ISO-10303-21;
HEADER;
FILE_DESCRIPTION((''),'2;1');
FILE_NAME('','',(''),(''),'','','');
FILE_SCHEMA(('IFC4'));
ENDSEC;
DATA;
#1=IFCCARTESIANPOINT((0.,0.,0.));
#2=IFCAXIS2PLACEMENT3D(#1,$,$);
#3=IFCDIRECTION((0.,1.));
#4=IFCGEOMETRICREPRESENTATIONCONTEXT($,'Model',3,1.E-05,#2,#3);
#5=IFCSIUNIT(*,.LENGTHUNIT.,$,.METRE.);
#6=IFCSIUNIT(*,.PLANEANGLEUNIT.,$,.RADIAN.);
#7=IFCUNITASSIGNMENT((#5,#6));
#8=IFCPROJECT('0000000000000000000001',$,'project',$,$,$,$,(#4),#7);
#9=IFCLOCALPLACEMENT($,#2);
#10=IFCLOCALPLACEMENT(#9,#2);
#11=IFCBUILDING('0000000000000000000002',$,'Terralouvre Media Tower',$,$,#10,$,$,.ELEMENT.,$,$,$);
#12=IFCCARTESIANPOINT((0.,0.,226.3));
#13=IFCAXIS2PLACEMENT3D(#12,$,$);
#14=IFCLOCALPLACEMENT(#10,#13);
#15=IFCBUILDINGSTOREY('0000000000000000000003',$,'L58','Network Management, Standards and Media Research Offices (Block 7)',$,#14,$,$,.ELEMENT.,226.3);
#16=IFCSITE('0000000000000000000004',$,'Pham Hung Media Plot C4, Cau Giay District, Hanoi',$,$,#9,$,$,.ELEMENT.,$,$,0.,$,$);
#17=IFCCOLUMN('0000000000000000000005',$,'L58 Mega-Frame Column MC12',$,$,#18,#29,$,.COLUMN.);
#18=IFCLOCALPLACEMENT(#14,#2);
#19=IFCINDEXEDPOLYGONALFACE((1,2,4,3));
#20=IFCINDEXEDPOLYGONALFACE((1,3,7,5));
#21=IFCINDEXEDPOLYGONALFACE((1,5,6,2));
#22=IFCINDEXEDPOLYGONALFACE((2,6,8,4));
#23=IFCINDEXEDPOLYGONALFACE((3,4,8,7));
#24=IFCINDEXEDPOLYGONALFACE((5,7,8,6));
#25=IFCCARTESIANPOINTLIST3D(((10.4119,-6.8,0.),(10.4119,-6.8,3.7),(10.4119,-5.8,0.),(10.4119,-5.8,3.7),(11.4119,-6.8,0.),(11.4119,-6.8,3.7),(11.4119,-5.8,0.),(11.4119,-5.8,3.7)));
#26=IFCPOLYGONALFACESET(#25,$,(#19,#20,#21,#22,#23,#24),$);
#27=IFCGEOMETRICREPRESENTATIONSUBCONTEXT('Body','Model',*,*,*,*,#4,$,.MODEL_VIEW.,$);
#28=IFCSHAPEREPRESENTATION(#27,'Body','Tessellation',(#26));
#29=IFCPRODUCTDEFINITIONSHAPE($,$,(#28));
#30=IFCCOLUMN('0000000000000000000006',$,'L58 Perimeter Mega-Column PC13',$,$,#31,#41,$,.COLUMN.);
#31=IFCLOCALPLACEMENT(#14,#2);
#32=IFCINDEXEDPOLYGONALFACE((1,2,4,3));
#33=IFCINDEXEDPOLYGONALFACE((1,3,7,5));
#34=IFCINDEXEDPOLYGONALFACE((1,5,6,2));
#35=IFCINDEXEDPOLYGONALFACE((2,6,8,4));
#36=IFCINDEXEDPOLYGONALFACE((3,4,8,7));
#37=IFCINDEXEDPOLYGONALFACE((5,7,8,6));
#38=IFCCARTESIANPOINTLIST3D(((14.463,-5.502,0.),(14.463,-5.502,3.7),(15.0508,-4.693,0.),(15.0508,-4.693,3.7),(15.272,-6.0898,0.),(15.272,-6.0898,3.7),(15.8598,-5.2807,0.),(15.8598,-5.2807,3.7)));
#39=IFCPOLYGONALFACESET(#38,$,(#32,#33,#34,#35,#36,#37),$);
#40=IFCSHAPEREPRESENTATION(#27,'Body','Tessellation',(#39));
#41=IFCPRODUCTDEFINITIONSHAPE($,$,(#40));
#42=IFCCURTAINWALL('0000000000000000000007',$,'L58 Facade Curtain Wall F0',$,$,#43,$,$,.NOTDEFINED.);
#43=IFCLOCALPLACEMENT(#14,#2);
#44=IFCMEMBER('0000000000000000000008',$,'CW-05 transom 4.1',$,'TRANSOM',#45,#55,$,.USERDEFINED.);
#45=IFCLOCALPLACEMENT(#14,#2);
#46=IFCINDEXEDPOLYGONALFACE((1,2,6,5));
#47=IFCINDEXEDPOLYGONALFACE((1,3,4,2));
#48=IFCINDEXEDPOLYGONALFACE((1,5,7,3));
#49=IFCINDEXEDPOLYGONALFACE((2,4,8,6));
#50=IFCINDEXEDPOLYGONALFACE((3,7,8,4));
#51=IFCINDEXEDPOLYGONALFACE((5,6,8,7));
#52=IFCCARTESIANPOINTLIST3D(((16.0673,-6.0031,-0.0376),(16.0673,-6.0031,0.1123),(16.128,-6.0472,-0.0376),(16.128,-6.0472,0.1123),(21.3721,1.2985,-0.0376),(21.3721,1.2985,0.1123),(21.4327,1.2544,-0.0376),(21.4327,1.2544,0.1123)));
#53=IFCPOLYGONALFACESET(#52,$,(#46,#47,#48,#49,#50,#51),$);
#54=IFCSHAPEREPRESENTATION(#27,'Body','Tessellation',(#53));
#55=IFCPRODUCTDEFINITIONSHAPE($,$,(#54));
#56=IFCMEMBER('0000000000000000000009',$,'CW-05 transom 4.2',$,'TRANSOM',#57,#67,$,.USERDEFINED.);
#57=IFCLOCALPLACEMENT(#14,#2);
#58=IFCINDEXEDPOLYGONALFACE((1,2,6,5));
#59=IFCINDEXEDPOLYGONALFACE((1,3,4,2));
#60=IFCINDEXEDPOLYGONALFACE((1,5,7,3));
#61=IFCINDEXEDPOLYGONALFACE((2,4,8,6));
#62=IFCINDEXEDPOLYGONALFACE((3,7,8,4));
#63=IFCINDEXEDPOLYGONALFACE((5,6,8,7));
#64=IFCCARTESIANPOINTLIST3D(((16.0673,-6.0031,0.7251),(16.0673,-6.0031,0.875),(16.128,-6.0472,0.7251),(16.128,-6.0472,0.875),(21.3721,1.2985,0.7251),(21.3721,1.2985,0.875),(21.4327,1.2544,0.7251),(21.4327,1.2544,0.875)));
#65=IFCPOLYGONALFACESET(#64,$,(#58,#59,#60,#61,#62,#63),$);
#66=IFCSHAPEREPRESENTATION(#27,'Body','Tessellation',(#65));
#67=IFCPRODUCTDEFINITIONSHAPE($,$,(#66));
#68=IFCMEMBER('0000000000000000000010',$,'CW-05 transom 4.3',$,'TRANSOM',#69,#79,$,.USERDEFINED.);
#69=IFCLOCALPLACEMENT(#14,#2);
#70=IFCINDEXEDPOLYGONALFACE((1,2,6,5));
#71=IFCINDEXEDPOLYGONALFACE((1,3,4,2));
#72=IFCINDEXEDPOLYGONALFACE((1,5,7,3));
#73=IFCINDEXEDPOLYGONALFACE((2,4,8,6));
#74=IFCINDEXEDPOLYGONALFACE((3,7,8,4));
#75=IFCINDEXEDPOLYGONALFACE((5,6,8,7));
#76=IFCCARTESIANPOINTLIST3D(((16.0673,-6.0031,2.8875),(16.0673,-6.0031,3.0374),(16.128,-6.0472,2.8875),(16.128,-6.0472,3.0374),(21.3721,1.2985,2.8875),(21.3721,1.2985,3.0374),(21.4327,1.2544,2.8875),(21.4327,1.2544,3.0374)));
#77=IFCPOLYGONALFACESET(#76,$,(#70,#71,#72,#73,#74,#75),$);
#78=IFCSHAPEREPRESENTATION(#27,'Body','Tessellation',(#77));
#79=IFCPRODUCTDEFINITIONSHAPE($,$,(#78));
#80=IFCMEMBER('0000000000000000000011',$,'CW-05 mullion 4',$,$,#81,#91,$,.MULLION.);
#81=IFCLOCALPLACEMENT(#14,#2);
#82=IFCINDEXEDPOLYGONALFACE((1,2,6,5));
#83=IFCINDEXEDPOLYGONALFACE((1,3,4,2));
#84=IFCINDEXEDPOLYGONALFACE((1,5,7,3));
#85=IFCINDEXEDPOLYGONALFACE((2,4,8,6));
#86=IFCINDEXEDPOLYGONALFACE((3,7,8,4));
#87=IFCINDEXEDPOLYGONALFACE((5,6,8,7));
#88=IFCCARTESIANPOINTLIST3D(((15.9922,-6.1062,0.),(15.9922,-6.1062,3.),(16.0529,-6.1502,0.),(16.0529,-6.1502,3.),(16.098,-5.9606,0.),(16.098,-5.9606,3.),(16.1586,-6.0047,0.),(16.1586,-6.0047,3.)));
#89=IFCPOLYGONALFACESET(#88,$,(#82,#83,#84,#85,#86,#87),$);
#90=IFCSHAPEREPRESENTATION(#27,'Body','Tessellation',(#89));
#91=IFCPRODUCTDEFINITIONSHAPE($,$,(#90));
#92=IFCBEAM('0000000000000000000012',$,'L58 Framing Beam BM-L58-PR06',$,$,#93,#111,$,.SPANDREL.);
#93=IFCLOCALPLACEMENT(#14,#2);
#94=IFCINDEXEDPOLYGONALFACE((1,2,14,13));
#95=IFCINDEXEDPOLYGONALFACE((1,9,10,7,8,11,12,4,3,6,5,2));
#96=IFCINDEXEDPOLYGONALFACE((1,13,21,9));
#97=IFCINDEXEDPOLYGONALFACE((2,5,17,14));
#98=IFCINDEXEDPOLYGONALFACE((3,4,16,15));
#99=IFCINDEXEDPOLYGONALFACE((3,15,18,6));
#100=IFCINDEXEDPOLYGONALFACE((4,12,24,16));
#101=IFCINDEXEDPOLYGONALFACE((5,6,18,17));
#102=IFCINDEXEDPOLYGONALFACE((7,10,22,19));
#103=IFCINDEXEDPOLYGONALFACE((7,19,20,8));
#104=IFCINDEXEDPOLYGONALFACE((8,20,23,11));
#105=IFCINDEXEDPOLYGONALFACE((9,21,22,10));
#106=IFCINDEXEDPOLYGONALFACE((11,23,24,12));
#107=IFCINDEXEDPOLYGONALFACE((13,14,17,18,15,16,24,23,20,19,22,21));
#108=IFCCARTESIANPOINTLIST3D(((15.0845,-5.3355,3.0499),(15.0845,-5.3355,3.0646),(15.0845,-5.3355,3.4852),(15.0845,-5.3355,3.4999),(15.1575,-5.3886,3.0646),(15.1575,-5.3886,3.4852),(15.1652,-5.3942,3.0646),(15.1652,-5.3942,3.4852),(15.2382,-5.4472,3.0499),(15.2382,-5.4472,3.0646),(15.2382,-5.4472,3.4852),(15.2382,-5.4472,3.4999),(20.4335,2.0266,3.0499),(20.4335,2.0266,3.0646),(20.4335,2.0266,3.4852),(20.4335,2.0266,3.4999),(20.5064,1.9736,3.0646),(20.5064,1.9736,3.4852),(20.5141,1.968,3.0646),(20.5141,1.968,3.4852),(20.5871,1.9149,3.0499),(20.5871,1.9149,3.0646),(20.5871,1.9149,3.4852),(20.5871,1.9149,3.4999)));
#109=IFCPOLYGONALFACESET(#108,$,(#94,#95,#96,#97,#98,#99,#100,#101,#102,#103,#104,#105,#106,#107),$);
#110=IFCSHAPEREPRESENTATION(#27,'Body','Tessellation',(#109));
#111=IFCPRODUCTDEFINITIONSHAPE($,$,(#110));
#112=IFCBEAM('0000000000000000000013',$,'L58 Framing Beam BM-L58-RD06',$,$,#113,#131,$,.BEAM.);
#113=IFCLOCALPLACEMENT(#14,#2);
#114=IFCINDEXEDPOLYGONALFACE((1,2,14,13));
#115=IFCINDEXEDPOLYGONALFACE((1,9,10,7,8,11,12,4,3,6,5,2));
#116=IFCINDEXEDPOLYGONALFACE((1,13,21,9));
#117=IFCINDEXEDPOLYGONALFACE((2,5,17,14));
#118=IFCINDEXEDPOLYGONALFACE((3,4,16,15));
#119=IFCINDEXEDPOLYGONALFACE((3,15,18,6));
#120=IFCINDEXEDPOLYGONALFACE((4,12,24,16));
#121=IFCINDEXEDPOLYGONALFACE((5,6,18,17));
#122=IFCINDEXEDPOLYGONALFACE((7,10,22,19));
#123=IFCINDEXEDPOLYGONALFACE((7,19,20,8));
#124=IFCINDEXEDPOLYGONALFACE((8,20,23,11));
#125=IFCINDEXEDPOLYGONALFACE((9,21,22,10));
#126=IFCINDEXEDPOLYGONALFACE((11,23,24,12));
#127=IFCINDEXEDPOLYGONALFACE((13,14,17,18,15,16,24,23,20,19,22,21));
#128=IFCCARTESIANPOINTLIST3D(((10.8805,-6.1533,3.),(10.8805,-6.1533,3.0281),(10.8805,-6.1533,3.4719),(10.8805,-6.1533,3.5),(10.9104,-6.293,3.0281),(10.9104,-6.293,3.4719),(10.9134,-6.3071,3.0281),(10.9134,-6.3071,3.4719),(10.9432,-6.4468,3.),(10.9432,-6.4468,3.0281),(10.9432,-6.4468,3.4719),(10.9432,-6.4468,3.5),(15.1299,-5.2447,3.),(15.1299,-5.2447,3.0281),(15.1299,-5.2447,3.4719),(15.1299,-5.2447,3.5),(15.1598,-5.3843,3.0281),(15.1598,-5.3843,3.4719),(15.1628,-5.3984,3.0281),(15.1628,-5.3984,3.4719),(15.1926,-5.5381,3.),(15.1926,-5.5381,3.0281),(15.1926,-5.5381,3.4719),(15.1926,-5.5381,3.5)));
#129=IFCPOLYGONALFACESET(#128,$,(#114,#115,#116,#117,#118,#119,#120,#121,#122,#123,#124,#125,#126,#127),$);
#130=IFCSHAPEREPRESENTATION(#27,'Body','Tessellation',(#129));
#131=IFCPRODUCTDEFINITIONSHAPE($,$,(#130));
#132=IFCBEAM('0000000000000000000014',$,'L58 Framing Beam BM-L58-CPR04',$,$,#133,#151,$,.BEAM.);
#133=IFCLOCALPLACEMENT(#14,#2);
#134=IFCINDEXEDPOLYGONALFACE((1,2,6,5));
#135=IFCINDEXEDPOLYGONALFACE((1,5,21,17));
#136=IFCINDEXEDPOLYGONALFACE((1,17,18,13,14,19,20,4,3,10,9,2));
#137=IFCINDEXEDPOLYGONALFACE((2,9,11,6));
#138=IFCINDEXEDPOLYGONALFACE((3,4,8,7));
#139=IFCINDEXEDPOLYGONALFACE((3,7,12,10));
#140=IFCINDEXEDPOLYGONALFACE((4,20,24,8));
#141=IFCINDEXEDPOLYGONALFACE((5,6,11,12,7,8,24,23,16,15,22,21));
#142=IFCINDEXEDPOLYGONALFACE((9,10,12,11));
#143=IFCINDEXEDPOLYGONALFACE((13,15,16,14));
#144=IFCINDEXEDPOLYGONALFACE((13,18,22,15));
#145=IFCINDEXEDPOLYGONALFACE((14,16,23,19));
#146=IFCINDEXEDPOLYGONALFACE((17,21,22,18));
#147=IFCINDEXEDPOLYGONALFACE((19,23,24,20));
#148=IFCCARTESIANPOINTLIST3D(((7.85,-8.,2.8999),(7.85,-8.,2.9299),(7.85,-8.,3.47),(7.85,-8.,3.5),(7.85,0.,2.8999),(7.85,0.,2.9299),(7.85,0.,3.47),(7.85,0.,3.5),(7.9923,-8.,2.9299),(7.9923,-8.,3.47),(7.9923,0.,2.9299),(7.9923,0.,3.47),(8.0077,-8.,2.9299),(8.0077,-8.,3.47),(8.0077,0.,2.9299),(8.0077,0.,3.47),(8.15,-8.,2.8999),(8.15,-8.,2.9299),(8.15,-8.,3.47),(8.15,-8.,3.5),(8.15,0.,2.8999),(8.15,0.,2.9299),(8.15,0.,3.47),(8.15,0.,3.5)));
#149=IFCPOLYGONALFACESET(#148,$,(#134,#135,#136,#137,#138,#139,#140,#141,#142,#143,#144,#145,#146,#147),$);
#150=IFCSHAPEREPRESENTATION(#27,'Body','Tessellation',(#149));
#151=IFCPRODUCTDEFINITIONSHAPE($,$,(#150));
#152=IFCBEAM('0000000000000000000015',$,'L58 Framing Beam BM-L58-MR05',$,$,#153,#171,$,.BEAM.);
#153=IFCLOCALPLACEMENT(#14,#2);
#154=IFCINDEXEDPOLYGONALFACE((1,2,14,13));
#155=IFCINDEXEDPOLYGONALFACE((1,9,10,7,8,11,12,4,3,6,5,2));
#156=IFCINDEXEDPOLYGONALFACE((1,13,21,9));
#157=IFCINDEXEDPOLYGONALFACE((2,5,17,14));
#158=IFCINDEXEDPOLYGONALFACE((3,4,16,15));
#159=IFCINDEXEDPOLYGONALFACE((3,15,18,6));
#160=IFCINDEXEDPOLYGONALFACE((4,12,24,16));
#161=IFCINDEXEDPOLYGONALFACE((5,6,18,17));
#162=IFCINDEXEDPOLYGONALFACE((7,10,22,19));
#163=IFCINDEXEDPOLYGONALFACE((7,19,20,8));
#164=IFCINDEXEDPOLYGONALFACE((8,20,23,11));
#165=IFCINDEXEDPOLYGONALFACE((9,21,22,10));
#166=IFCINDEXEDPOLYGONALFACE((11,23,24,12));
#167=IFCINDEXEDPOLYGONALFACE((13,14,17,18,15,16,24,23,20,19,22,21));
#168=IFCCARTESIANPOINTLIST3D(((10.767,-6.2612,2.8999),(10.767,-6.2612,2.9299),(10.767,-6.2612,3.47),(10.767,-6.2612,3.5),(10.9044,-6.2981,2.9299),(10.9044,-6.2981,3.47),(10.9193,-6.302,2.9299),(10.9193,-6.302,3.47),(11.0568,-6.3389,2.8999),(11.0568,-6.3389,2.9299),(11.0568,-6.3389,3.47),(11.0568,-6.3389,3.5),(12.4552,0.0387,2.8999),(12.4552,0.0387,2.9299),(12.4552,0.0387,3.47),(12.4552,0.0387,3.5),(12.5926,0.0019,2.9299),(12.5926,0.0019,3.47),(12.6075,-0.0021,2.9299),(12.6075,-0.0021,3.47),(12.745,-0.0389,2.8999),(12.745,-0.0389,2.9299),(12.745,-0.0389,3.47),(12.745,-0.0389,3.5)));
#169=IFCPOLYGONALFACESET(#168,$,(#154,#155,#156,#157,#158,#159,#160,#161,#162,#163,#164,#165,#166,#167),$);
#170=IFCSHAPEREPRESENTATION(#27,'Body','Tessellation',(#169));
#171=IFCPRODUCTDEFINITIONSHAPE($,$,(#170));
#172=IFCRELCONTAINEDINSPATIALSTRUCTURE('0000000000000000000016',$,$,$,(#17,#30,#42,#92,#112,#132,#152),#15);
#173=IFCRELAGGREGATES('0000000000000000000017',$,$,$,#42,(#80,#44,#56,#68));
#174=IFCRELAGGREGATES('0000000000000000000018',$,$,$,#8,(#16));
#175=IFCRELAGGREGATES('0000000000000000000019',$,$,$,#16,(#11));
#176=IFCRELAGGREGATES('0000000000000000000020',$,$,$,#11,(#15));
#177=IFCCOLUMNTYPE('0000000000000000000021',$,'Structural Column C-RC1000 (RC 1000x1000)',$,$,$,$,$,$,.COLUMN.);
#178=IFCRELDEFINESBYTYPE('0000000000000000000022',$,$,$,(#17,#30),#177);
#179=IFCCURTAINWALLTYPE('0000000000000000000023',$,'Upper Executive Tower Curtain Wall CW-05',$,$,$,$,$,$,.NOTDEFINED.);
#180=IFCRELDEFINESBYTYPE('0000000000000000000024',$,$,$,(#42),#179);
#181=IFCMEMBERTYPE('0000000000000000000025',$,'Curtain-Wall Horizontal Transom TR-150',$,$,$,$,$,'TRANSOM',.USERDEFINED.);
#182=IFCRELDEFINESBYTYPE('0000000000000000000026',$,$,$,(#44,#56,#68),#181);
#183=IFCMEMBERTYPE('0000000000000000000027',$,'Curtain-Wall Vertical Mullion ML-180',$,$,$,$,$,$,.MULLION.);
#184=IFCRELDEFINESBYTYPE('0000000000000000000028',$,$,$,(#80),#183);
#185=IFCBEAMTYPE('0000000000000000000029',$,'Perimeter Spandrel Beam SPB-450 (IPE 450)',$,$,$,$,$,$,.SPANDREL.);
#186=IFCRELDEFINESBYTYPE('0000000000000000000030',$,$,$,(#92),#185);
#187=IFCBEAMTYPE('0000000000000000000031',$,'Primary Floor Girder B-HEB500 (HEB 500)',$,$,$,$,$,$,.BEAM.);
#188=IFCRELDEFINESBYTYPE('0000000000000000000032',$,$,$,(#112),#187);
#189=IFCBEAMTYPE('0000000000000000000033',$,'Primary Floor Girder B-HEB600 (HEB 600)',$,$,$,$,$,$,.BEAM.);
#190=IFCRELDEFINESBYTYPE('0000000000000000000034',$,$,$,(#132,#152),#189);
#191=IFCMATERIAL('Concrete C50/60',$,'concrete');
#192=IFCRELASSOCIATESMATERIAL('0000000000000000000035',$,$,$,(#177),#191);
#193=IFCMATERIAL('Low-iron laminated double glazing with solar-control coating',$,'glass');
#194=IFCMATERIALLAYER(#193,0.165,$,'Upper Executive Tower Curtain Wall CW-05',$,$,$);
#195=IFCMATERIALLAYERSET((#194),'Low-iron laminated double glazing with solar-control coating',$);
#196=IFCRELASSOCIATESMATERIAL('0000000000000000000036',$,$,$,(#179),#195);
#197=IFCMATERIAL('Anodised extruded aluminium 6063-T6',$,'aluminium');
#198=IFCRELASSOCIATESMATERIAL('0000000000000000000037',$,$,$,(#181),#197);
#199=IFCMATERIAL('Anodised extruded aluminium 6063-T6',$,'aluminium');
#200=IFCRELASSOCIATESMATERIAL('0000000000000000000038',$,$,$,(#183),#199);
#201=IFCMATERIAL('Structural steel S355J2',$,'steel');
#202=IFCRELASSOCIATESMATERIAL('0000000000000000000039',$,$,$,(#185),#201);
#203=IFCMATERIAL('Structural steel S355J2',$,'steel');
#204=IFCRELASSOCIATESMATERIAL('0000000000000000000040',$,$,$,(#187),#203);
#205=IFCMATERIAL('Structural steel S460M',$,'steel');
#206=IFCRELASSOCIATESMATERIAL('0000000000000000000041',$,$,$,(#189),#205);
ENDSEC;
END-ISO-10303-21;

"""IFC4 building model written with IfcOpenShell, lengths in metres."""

from ifc_helpers import new_model, si_unit, direction, frame, origin, origin_2d, place, context, subcontext, project, spatial, rectangle, i_section, extrude, material, layer, layer_set, material_profile, profile_set, type_object, element, aggregate, save


model = new_model("IFC4")

# Units and contexts
model_context = context("Model", 3, precision=1e-05, world=origin(), true_north=direction((0.0, 1.0)))
body_context = subcontext(model_context, "Body", "Model", "MODEL_VIEW")
ifc_project = project(units=[si_unit("LENGTHUNIT", "METRE"), si_unit("PLANEANGLEUNIT", "RADIAN")], contexts=[model_context])

# Site, building, storey
site_placement = place(None, origin())
site = spatial("IfcSite", under=ifc_project, at=site_placement, Name="Pham Hung Media Plot C4, Cau Giay District, Hanoi", CompositionType="ELEMENT", RefElevation=0.0)
building_placement = place(site_placement, origin())
building = spatial("IfcBuilding", under=site, at=building_placement, Name="Terralouvre Media Tower", CompositionType="ELEMENT")
storey_placement = place(building_placement, frame((0.0, 0.0, 226.3)))
storey = spatial("IfcBuildingStorey", under=building, at=storey_placement, Name="L58", Description="Network Management, Standards and Media Research Offices (Block 7)", CompositionType="ELEMENT", Elevation=226.3)

# Columns
ifc_material_1 = material(Name="Concrete C50/60", Category="concrete")
ifc_material_profile_1 = material_profile(ifc_material_1, rectangle(XDim=1.0, YDim=1.0, at=origin_2d()), Name="RC 1000x1000")
ifc_profile_set_1 = profile_set([ifc_material_profile_1], Name="Concrete C50/60")
column_type = type_object("IfcColumnType", Name="Structural Column C-RC1000 (RC 1000x1000)", PredefinedType="COLUMN", material=ifc_profile_set_1)
for number, where, z_axis, x_axis, name in (
    (1, (10.9119, -6.3, 0.0), (0.0, 0.0, 1.0), (1.0, 0.0, 0.0), "L58 Mega-Frame Column MC12"),
    (2, (15.1614, -5.3914, 0.0), (0.0, 0.0, 1.0), (0.587785, 0.809017, 0.0), "L58 Perimeter Mega-Column PC13"),
):
    element("IfcColumn", number, at=place(storey_placement, frame(where, z_axis=z_axis, x_axis=x_axis)), inside=storey, type_object=column_type, Name=name, PredefinedType="COLUMN", context=body_context, shape_type="SweptSolid", body=[
        extrude(rectangle(XDim=1.0, YDim=1.0, at=origin_2d()), origin(), (0.0, 0.0, 1.0), 3.7),
    ])

# Curtain wall, members
ifc_material_2 = material(Name="Low-iron laminated double glazing with solar-control coating", Category="glass")
ifc_layer_1 = layer(ifc_material_2, 0.165, Name="Upper Executive Tower Curtain Wall CW-05")
ifc_layer_set_1 = layer_set([ifc_layer_1], Name="Low-iron laminated double glazing with solar-control coating")
curtain_wall_type = type_object("IfcCurtainWallType", Name="Upper Executive Tower Curtain Wall CW-05", PredefinedType="NOTDEFINED", material=ifc_layer_set_1)
curtain_wall_placement = place(storey_placement, origin())
curtain_wall = element("IfcCurtainWall", 3, at=curtain_wall_placement, inside=storey, type_object=curtain_wall_type, Name="L58 Facade Curtain Wall F0", PredefinedType="NOTDEFINED")
ifc_material_3 = material(Name="Anodised extruded aluminium 6063-T6", Category="aluminium")
ifc_material_profile_2 = material_profile(ifc_material_3, rectangle(XDim=0.075, YDim=0.1499, at=origin_2d()), Name="ALU 75x150")
ifc_profile_set_2 = profile_set([ifc_material_profile_2], Name="Anodised extruded aluminium 6063-T6")
member_type_1 = type_object("IfcMemberType", Name="Curtain-Wall Horizontal Transom TR-150", ElementType="TRANSOM", PredefinedType="USERDEFINED", material=ifc_profile_set_2)
member_1_placement = place(storey_placement, frame((16.0977, -6.0251, 0.0374), z_axis=(0.587773, 0.809026, 0.0), x_axis=(-0.809026, 0.587773, 0.0)))
member_1 = element("IfcMember", 4, at=member_1_placement, type_object=member_type_1, Name="CW-05 transom 4.1", ObjectType="TRANSOM", PredefinedType="USERDEFINED", context=body_context, shape_type="SweptSolid", body=[
    extrude(rectangle(XDim=0.075, YDim=0.1499, at=origin_2d()), origin(), (0.0, 0.0, 1.0), 9.0251),
])
member_2_placement = place(storey_placement, frame((16.0977, -6.0251, 0.8), z_axis=(0.587773, 0.809026, 0.0), x_axis=(-0.809026, 0.587773, 0.0)))
member_2 = element("IfcMember", 5, at=member_2_placement, type_object=member_type_1, Name="CW-05 transom 4.2", ObjectType="TRANSOM", PredefinedType="USERDEFINED", context=body_context, shape_type="SweptSolid", body=[
    extrude(rectangle(XDim=0.075, YDim=0.1499, at=origin_2d()), origin(), (0.0, 0.0, 1.0), 9.0251),
])
member_3_placement = place(storey_placement, frame((16.0977, -6.0251, 2.9624), z_axis=(0.587773, 0.809026, 0.0), x_axis=(-0.809026, 0.587773, 0.0)))
member_3 = element("IfcMember", 6, at=member_3_placement, type_object=member_type_1, Name="CW-05 transom 4.3", ObjectType="TRANSOM", PredefinedType="USERDEFINED", context=body_context, shape_type="SweptSolid", body=[
    extrude(rectangle(XDim=0.075, YDim=0.1499, at=origin_2d()), origin(), (0.0, 0.0, 1.0), 9.0251),
])
ifc_material_4 = material(Name="Anodised extruded aluminium 6063-T6", Category="aluminium")
ifc_material_profile_3 = material_profile(ifc_material_4, rectangle(XDim=0.075, YDim=0.1799, at=origin_2d()), Name="ALU 75x180")
ifc_profile_set_3 = profile_set([ifc_material_profile_3], Name="Anodised extruded aluminium 6063-T6")
member_type_2 = type_object("IfcMemberType", Name="Curtain-Wall Vertical Mullion ML-180", PredefinedType="MULLION", material=ifc_profile_set_3)
member_4_placement = place(storey_placement, frame((16.0754, -6.0554, 0.0), z_axis=(0.0, 0.0, 1.0), x_axis=(-0.809017, 0.587785, 0.0)))
member_4 = element("IfcMember", 7, at=member_4_placement, type_object=member_type_2, Name="CW-05 mullion 4", PredefinedType="MULLION", context=body_context, shape_type="SweptSolid", body=[
    extrude(rectangle(XDim=0.075, YDim=0.1799, at=origin_2d()), origin(), (0.0, 0.0, 1.0), 3.0),
])

# Beams
ifc_material_5 = material(Name="Structural steel S355J2", Category="steel")
ifc_material_profile_4 = material_profile(ifc_material_5, i_section(OverallWidth=0.1899, OverallDepth=0.45, WebThickness=0.0095, FlangeThickness=0.0146, at=origin_2d()), Name="IPE 450")
ifc_profile_set_4 = profile_set([ifc_material_profile_4], Name="Structural steel S355J2")
beam_type_1 = type_object("IfcBeamType", Name="Perimeter Spandrel Beam SPB-450 (IPE 450)", PredefinedType="SPANDREL", material=ifc_profile_set_4)
beam_1_placement = place(storey_placement, frame((15.1614, -5.3914, 3.2749), z_axis=(0.587787, 0.809016, 0.0), x_axis=(-0.809016, 0.587787, 0.0)))
element("IfcBeam", 8, at=beam_1_placement, inside=storey, type_object=beam_type_1, Name="L58 Framing Beam BM-L58-PR06", PredefinedType="SPANDREL", context=body_context, shape_type="SweptSolid", body=[
    extrude(i_section(OverallWidth=0.1899, OverallDepth=0.45, WebThickness=0.0095, FlangeThickness=0.0146, at=origin_2d()), origin(), (0.0, 0.0, 1.0), 9.1001),
])
ifc_material_6 = material(Name="Structural steel S355J2", Category="steel")
ifc_material_profile_5 = material_profile(ifc_material_6, i_section(OverallWidth=0.3, OverallDepth=0.5, WebThickness=0.0144, FlangeThickness=0.0281, at=origin_2d()), Name="HEB 500")
ifc_profile_set_5 = profile_set([ifc_material_profile_5], Name="Structural steel S355J2")
beam_type_2 = type_object("IfcBeamType", Name="Primary Floor Girder B-HEB500 (HEB 500)", PredefinedType="BEAM", material=ifc_profile_set_5)
beam_2_placement = place(storey_placement, frame((10.9119, -6.3, 3.25), z_axis=(0.977893, 0.209107, 0.0), x_axis=(-0.209107, 0.977893, 0.0)))
element("IfcBeam", 9, at=beam_2_placement, inside=storey, type_object=beam_type_2, Name="L58 Framing Beam BM-L58-RD06", PredefinedType="BEAM", context=body_context, shape_type="SweptSolid", body=[
    extrude(i_section(OverallWidth=0.3, OverallDepth=0.5, WebThickness=0.0144, FlangeThickness=0.0281, at=origin_2d()), origin(), (0.0, 0.0, 1.0), 4.3455),
])
ifc_material_7 = material(Name="Structural steel S460M", Category="steel")
ifc_material_profile_6 = material_profile(ifc_material_7, i_section(OverallWidth=0.3, OverallDepth=0.6001, WebThickness=0.0154, FlangeThickness=0.03, at=origin_2d()), Name="HEB 600")
ifc_profile_set_6 = profile_set([ifc_material_profile_6], Name="Structural steel S460M")
beam_type_3 = type_object("IfcBeamType", Name="Primary Floor Girder B-HEB600 (HEB 600)", PredefinedType="BEAM", material=ifc_profile_set_6)
beam_3_placement = place(storey_placement, frame((8.0, -8.0, 3.2), z_axis=(0.0, 1.0, 0.0), x_axis=(-1.0, 0.0, 0.0)))
element("IfcBeam", 10, at=beam_3_placement, inside=storey, type_object=beam_type_3, Name="L58 Framing Beam BM-L58-CPR04", PredefinedType="BEAM", context=body_context, shape_type="SweptSolid", body=[
    extrude(i_section(OverallWidth=0.3, OverallDepth=0.6001, WebThickness=0.0154, FlangeThickness=0.03, at=origin_2d()), origin(), (0.0, 0.0, 1.0), 8.0),
])
beam_4_placement = place(storey_placement, frame((10.9119, -6.3, 3.2), z_axis=(0.258839, 0.96592, 0.0), x_axis=(-0.96592, 0.258839, 0.0)))
element("IfcBeam", 11, at=beam_4_placement, inside=storey, type_object=beam_type_3, Name="L58 Framing Beam BM-L58-MR05", PredefinedType="BEAM", context=body_context, shape_type="SweptSolid", body=[
    extrude(i_section(OverallWidth=0.3, OverallDepth=0.6001, WebThickness=0.0154, FlangeThickness=0.03, at=origin_2d()), origin(), (0.0, 0.0, 1.0), 6.5222),
])

aggregate(curtain_wall, [member_4, member_1, member_2, member_3])

save(model, "model.ifc")
